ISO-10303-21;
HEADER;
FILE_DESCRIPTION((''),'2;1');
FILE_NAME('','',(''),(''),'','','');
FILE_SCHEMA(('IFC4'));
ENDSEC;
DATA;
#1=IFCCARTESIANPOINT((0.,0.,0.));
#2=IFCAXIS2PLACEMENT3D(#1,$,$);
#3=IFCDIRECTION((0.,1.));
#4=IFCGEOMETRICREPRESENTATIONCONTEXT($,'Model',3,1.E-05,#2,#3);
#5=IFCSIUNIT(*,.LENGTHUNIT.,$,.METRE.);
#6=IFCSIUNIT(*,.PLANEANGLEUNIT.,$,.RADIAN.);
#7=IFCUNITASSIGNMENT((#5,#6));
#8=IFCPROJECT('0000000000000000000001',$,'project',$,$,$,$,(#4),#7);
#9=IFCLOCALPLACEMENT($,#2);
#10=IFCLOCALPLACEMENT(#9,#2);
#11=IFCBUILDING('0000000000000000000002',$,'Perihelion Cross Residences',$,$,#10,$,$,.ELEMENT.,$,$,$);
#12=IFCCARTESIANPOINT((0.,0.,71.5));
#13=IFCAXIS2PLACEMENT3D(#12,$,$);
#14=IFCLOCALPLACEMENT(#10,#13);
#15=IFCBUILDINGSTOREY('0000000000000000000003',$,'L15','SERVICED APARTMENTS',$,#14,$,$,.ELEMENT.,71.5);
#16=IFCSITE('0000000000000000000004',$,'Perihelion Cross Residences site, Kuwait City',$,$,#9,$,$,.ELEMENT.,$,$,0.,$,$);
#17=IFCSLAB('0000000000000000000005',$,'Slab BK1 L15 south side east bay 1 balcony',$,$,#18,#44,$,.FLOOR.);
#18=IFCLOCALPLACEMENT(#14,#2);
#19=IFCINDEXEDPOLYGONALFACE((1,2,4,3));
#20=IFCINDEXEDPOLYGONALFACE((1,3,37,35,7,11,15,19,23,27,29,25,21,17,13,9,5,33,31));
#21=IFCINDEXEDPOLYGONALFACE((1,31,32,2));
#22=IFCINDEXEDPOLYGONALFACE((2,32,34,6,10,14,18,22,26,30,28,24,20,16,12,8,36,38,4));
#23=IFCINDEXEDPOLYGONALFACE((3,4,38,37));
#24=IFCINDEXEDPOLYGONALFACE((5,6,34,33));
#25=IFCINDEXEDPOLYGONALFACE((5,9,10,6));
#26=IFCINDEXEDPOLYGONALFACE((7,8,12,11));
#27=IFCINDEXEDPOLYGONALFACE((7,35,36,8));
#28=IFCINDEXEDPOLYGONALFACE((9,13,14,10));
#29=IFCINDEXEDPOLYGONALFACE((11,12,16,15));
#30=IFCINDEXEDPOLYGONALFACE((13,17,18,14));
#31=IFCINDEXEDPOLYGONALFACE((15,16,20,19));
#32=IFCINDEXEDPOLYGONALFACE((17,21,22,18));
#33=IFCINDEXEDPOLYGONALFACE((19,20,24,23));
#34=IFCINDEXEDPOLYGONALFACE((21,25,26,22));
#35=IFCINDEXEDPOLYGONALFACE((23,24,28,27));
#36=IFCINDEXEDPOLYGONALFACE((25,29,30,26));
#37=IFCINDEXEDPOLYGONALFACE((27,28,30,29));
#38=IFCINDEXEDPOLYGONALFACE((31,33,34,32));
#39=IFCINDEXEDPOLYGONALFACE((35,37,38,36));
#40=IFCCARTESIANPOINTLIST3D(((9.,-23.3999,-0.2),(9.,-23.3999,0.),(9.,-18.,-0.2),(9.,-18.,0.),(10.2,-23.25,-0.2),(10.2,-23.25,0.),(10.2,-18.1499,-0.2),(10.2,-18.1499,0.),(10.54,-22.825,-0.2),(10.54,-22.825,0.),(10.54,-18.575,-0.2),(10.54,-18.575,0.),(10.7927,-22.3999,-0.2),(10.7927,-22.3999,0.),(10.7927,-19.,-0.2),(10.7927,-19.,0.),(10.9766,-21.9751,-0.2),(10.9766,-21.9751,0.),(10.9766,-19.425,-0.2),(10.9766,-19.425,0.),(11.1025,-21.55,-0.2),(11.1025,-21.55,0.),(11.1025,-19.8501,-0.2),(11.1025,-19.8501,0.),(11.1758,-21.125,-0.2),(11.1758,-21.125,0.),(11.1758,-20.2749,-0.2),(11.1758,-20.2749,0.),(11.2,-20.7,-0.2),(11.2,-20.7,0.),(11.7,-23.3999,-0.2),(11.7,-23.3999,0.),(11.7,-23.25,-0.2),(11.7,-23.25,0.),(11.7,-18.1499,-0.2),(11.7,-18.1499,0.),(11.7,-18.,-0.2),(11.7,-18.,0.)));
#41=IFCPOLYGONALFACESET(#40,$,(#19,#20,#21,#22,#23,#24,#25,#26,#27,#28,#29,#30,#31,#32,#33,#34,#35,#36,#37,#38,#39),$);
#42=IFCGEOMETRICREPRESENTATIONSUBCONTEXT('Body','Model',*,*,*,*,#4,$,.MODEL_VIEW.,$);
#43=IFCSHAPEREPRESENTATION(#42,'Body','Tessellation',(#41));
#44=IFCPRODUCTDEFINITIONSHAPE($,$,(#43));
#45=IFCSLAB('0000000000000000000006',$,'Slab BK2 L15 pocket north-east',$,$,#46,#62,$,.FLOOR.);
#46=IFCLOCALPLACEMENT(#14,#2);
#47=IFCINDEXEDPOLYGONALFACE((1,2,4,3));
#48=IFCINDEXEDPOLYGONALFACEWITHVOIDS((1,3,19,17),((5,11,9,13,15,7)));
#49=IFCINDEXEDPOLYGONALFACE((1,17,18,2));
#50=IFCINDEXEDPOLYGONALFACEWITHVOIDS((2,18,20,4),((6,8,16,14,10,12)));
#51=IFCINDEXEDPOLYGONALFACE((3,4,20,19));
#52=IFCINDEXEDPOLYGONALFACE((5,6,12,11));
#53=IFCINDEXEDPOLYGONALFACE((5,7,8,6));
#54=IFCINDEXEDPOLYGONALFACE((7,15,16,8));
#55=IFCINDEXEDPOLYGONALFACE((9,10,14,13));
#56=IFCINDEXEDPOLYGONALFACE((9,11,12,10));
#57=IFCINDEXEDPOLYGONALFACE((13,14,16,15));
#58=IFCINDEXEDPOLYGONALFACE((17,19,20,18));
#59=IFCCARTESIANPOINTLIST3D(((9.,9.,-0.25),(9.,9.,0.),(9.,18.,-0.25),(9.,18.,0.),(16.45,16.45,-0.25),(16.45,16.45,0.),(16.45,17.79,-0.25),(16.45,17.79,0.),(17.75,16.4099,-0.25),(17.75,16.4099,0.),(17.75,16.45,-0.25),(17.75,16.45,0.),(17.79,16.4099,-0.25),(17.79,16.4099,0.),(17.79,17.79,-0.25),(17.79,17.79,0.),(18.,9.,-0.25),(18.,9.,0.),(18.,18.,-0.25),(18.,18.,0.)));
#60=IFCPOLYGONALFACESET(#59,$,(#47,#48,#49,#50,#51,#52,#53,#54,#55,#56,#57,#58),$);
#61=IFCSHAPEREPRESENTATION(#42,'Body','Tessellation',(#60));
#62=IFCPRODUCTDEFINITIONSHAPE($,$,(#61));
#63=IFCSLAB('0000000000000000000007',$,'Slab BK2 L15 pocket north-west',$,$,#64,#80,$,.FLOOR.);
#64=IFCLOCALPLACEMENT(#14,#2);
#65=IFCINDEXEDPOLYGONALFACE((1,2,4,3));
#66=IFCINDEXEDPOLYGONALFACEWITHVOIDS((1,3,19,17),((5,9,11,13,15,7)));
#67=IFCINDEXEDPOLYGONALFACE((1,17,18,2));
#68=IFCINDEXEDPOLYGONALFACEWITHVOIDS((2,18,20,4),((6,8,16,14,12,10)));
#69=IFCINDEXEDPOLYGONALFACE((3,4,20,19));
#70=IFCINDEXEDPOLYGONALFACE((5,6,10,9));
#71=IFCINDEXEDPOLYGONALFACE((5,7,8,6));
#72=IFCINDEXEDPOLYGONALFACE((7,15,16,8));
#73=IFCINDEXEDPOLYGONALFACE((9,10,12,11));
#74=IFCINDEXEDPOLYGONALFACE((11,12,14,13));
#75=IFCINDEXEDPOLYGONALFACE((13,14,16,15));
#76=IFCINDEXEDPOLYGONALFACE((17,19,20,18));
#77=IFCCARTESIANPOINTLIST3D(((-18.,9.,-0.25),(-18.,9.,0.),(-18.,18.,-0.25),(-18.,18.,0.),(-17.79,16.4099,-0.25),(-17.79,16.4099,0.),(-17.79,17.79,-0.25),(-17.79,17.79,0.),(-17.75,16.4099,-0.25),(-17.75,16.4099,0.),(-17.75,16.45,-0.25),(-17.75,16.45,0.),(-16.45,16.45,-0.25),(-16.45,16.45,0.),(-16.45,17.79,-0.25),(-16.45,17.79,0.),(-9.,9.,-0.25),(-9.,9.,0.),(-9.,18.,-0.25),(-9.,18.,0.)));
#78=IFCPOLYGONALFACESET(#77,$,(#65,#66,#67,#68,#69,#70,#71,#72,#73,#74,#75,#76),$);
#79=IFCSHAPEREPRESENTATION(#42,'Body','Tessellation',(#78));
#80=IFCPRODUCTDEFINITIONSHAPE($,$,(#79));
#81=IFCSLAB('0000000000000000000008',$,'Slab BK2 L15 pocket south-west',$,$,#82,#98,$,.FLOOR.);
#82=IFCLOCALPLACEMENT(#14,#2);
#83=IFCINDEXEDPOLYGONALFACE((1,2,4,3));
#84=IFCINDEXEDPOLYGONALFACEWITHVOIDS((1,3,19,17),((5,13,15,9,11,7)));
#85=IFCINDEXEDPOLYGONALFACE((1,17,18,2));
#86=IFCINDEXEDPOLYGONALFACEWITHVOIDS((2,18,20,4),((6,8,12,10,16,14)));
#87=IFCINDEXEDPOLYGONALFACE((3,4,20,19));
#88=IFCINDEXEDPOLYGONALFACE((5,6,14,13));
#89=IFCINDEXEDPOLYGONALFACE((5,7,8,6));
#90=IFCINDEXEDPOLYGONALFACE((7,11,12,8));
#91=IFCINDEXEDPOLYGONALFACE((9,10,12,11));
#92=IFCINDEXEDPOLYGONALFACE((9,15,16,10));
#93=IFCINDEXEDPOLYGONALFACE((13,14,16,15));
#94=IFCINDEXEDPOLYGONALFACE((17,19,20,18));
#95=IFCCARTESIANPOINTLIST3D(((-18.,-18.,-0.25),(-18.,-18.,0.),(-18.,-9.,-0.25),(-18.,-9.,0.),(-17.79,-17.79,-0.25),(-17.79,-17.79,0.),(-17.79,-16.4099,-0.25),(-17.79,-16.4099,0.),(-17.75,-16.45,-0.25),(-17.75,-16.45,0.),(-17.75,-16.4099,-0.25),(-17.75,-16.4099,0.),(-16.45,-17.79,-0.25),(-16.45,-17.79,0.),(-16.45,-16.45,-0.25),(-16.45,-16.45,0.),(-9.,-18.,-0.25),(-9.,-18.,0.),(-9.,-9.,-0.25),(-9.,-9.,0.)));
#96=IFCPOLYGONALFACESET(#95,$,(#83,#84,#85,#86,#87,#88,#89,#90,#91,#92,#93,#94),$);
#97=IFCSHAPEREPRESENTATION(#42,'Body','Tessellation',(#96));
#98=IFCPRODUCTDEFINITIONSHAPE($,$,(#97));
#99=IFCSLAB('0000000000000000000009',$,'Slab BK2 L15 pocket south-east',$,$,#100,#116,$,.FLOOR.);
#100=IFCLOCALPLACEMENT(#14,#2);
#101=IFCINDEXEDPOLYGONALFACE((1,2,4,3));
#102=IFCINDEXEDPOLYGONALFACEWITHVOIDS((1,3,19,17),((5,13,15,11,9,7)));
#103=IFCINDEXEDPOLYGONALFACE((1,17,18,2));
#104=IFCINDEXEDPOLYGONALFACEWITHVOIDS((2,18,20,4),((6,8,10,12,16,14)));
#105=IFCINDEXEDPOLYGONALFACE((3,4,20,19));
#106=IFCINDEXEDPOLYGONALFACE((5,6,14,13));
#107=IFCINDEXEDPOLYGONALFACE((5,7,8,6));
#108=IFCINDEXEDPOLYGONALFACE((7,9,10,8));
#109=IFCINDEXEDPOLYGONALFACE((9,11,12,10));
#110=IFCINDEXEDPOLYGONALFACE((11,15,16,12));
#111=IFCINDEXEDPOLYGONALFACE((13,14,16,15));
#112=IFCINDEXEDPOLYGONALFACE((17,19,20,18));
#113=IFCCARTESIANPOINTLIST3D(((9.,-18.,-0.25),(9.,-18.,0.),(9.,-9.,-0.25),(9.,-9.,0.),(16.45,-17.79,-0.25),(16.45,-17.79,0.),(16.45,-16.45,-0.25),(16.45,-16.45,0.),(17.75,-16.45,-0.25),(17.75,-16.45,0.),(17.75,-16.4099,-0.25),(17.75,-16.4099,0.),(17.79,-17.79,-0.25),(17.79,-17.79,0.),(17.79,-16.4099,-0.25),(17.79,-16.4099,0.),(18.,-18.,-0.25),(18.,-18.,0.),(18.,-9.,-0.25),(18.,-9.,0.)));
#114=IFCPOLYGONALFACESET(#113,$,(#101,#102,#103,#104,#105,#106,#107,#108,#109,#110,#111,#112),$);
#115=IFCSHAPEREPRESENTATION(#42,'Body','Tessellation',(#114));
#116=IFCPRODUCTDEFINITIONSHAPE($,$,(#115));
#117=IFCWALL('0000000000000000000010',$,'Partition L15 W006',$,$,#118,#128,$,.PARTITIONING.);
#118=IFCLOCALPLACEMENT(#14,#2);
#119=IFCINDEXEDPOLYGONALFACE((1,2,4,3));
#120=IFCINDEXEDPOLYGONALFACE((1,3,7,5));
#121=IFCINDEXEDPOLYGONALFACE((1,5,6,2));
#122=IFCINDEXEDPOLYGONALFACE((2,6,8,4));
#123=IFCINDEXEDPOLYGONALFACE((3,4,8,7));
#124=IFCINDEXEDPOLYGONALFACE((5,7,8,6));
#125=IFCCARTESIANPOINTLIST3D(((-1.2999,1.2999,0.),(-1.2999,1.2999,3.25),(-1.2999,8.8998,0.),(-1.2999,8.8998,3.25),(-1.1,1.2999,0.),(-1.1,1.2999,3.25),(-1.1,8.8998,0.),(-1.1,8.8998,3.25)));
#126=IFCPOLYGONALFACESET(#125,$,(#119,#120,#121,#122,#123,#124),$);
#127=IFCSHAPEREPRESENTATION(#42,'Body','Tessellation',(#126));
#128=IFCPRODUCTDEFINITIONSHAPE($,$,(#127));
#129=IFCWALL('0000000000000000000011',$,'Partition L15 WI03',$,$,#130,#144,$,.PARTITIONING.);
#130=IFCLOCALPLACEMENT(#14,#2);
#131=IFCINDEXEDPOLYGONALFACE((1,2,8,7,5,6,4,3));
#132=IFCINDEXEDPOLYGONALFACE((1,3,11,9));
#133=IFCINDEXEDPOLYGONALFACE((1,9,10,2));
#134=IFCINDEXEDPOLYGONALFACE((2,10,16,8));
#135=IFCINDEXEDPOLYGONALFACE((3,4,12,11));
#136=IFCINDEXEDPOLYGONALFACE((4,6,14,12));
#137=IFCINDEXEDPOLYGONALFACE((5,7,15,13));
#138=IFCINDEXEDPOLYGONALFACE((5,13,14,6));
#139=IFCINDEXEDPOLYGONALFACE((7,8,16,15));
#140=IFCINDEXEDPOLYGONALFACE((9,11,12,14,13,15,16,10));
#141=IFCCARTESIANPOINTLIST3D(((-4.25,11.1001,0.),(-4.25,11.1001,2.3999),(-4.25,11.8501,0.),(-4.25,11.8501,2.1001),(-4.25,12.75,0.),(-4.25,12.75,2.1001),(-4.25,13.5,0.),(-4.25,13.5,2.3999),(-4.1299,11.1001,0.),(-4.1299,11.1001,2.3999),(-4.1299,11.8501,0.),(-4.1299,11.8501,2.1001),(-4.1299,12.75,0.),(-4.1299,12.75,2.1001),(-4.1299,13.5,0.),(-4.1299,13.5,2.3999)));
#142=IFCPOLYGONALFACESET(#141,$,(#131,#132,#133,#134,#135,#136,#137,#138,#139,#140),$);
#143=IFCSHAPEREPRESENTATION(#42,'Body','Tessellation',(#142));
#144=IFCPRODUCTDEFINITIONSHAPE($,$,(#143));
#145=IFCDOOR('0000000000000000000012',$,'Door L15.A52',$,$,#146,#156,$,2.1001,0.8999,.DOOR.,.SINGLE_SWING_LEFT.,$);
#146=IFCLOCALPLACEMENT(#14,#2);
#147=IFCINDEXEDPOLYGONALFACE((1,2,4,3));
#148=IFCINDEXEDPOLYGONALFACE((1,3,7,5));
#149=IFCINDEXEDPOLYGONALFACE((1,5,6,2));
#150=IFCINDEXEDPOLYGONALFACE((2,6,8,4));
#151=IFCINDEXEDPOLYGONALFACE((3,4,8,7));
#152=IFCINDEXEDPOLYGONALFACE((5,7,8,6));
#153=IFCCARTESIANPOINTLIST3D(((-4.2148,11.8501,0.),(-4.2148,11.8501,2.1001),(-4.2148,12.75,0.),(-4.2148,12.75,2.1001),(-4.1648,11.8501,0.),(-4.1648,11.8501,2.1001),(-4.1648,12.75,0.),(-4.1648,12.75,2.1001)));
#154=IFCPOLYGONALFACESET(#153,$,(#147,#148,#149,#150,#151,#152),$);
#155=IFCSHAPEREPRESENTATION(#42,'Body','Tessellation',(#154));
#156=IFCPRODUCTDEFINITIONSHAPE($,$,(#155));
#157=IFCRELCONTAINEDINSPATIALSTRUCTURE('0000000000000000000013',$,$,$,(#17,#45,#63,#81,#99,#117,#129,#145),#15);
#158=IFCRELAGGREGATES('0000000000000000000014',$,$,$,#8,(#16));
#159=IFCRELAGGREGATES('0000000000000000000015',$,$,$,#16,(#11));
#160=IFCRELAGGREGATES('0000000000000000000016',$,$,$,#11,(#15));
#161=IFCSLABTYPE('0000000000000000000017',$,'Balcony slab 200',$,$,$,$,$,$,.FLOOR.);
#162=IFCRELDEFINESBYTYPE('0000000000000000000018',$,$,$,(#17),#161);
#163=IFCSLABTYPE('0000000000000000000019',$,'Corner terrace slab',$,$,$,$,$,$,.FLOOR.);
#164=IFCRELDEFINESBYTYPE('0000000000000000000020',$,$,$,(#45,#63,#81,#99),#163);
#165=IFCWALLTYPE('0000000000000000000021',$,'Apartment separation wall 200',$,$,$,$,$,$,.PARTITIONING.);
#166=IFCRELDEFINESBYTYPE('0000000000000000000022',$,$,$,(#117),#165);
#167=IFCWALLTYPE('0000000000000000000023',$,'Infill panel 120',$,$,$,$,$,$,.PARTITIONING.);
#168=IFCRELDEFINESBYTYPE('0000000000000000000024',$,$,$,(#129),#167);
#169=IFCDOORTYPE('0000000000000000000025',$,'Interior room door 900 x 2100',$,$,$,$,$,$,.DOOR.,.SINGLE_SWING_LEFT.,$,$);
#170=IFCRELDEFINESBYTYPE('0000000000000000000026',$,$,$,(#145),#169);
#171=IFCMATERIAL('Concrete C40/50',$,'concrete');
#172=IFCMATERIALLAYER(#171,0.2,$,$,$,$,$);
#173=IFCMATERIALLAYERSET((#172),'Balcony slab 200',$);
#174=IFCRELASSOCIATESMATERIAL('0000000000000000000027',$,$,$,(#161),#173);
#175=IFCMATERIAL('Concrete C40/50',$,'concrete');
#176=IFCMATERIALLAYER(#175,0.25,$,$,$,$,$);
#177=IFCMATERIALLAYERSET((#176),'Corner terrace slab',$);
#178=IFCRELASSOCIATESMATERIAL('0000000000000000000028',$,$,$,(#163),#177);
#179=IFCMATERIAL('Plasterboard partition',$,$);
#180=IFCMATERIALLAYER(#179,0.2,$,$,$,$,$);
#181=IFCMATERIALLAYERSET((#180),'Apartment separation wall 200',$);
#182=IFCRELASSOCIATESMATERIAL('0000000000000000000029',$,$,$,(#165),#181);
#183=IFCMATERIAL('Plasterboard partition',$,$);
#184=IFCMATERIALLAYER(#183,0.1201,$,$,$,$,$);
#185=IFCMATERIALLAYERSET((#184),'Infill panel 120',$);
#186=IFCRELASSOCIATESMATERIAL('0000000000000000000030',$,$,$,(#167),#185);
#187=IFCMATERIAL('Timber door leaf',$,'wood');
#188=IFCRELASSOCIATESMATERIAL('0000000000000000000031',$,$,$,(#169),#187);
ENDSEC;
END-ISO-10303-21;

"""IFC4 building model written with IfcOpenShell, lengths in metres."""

from ifc_helpers import new_model, si_unit, direction, frame, frame_2d, origin, place, context, subcontext, project, spatial, polyline, rectangle, outline, extrude, material, layer, layer_set, type_object, element, fill, save


model = new_model("IFC4")

# Units and contexts
model_context = context("Model", 3, precision=1e-05, world=origin(), true_north=direction((0.0, 1.0)))
body_context = subcontext(model_context, "Body", "Model", "MODEL_VIEW")
ifc_project = project(units=[si_unit("LENGTHUNIT", "METRE"), si_unit("PLANEANGLEUNIT", "RADIAN")], contexts=[model_context])

# Site, building, storey
site_placement = place(None, origin())
site = spatial("IfcSite", under=ifc_project, at=site_placement, Name="Perihelion Cross Residences site, Kuwait City", CompositionType="ELEMENT", RefElevation=0.0)
building_placement = place(site_placement, origin())
building = spatial("IfcBuilding", under=site, at=building_placement, Name="Perihelion Cross Residences", CompositionType="ELEMENT")
storey_placement = place(building_placement, frame((0.0, 0.0, 71.5)))
storey = spatial("IfcBuildingStorey", under=building, at=storey_placement, Name="L15", Description="SERVICED APARTMENTS", CompositionType="ELEMENT", Elevation=71.5)

# Slabs
ifc_material_1 = material(Name="Concrete C40/50", Category="concrete")
ifc_layer_1 = layer(ifc_material_1, 0.2)
ifc_layer_set_1 = layer_set([ifc_layer_1], Name="Balcony slab 200")
slab_type_1 = type_object("IfcSlabType", Name="Balcony slab 200", PredefinedType="FLOOR", material=ifc_layer_set_1)
slab_1_placement = place(storey_placement, frame((0.0, 0.0, -0.2)))
element("IfcSlab", 1, at=slab_1_placement, inside=storey, type_object=slab_type_1, Name="Slab BK1 L15 south side east bay 1 balcony", PredefinedType="FLOOR", context=body_context, shape_type="SweptSolid", body=[
    extrude(outline(polyline([(9.0, -23.3999), (9.0, -18.0), (11.7, -18.0), (11.7, -18.1499), (10.2, -18.1499), (10.54, -18.575), (10.7927, -19.0), (10.9766, -19.425), (11.1025, -19.8501), (11.1758, -20.2749), (11.2, -20.7), (11.1758, -21.125), (11.1025, -21.55), (10.9766, -21.9751), (10.7927, -22.3999), (10.54, -22.825), (10.2, -23.25), (11.7, -23.25), (11.7, -23.3999), (9.0, -23.3999)])), origin(), (0.0, 0.0, 1.0), 0.2),
])
ifc_material_2 = material(Name="Concrete C40/50", Category="concrete")
ifc_layer_2 = layer(ifc_material_2, 0.25)
ifc_layer_set_2 = layer_set([ifc_layer_2], Name="Corner terrace slab")
slab_type_2 = type_object("IfcSlabType", Name="Corner terrace slab", PredefinedType="FLOOR", material=ifc_layer_set_2)
slab_2_placement = place(storey_placement, frame((0.0, 0.0, -0.25)))
element("IfcSlab", 2, at=slab_2_placement, inside=storey, type_object=slab_type_2, Name="Slab BK2 L15 pocket north-east", PredefinedType="FLOOR", context=body_context, shape_type="SweptSolid", body=[
    extrude(outline(polyline([(18.0, 9.0), (18.0, 18.0), (9.0, 18.0), (9.0, 9.0), (18.0, 9.0)]), holes=[polyline([(16.45, 16.45), (16.45, 17.79), (17.79, 17.79), (17.79, 16.4099), (17.75, 16.4099), (17.75, 16.45), (16.45, 16.45)])]), origin(), (0.0, 0.0, 1.0), 0.25),
])
slab_3_placement = place(storey_placement, frame((0.0, 0.0, -0.25)))
element("IfcSlab", 3, at=slab_3_placement, inside=storey, type_object=slab_type_2, Name="Slab BK2 L15 pocket north-west", PredefinedType="FLOOR", context=body_context, shape_type="SweptSolid", body=[
    extrude(outline(polyline([(-9.0, 9.0), (-9.0, 18.0), (-18.0, 18.0), (-18.0, 9.0), (-9.0, 9.0)]), holes=[polyline([(-17.79, 16.4099), (-17.79, 17.79), (-16.45, 17.79), (-16.45, 16.45), (-17.75, 16.45), (-17.75, 16.4099), (-17.79, 16.4099)])]), origin(), (0.0, 0.0, 1.0), 0.25),
])
slab_4_placement = place(storey_placement, frame((0.0, 0.0, -0.25)))
element("IfcSlab", 4, at=slab_4_placement, inside=storey, type_object=slab_type_2, Name="Slab BK2 L15 pocket south-west", PredefinedType="FLOOR", context=body_context, shape_type="SweptSolid", body=[
    extrude(outline(polyline([(-9.0, -18.0), (-9.0, -9.0), (-18.0, -9.0), (-18.0, -18.0), (-9.0, -18.0)]), holes=[polyline([(-17.79, -16.4099), (-17.75, -16.4099), (-17.75, -16.45), (-16.45, -16.45), (-16.45, -17.79), (-17.79, -17.79), (-17.79, -16.4099)])]), origin(), (0.0, 0.0, 1.0), 0.25),
])
slab_5_placement = place(storey_placement, frame((0.0, 0.0, -0.25)))
element("IfcSlab", 5, at=slab_5_placement, inside=storey, type_object=slab_type_2, Name="Slab BK2 L15 pocket south-east", PredefinedType="FLOOR", context=body_context, shape_type="SweptSolid", body=[
    extrude(outline(polyline([(18.0, -18.0), (18.0, -9.0), (9.0, -9.0), (9.0, -18.0), (18.0, -18.0)]), holes=[polyline([(16.45, -17.79), (16.45, -16.45), (17.75, -16.45), (17.75, -16.4099), (17.79, -16.4099), (17.79, -17.79), (16.45, -17.79)])]), origin(), (0.0, 0.0, 1.0), 0.25),
])

# Wall
ifc_material_3 = material(Name="Plasterboard partition")
ifc_layer_3 = layer(ifc_material_3, 0.2)
ifc_layer_set_3 = layer_set([ifc_layer_3], Name="Apartment separation wall 200")
wall_type_1 = type_object("IfcWallType", Name="Apartment separation wall 200", PredefinedType="PARTITIONING", material=ifc_layer_set_3)
wall_1_placement = place(storey_placement, frame((-1.2, 1.3, 0.0), z_axis=(0.0, 0.0, 1.0), x_axis=(0.0, 1.0, 0.0)))
element("IfcWall", 6, at=wall_1_placement, inside=storey, type_object=wall_type_1, Name="Partition L15 W006", PredefinedType="PARTITIONING", context=body_context, shape_type="SweptSolid", body=[
    extrude(rectangle(XDim=7.5999, YDim=0.2, at=frame_2d((3.7998, 0.0))), origin(), (0.0, 0.0, 1.0), 3.25),
])

# Wall, opening, door
ifc_material_4 = material(Name="Plasterboard partition")
ifc_layer_4 = layer(ifc_material_4, 0.1201)
ifc_layer_set_4 = layer_set([ifc_layer_4], Name="Infill panel 120")
wall_type_2 = type_object("IfcWallType", Name="Infill panel 120", PredefinedType="PARTITIONING", material=ifc_layer_set_4)
wall_2_placement = place(storey_placement, frame((-4.1899, 11.1001, 0.0), z_axis=(0.0, 0.0, 1.0), x_axis=(0.0, 1.0, 0.0)))
wall_2 = element("IfcWall", 7, at=wall_2_placement, inside=storey, type_object=wall_type_2, Name="Partition L15 WI03", PredefinedType="PARTITIONING", context=body_context, shape_type="SweptSolid", body=[
    extrude(rectangle(XDim=2.3999, YDim=0.1201, at=frame_2d((1.2, 0.0))), origin(), (0.0, 0.0, 1.0), 2.3999),
])
opening_1_placement = place(wall_2_placement, frame((0.75, 0.0, 0.0)))
opening_1 = element("IfcOpeningElement", 8, at=opening_1_placement, cuts=wall_2, PredefinedType="OPENING", context=body_context, shape_type="SweptSolid", body=[
    extrude(rectangle(XDim=0.8999, YDim=2.1001, at=frame_2d((0.45, 1.05))), frame((0.0, 0.0701, 0.0), z_axis=(0.0, -1.0, 0.0), x_axis=(1.0, 0.0, 0.0)), (0.0, 0.0, 1.0), 0.1401),
])
ifc_material_5 = material(Name="Timber door leaf", Category="wood")
door_type_1 = type_object("IfcDoorType", Name="Interior room door 900 x 2100", OperationType="SINGLE_SWING_LEFT", PredefinedType="DOOR", material=ifc_material_5)
door_1_placement = place(opening_1_placement, origin())
door_1 = element("IfcDoor", 9, at=door_1_placement, inside=storey, type_object=door_type_1, Name="Door L15.A52", OperationType="SINGLE_SWING_LEFT", OverallHeight=2.1001, OverallWidth=0.8999, PredefinedType="DOOR", context=body_context, shape_type="SweptSolid", body=[
    extrude(rectangle(XDim=0.8999, YDim=2.1001, at=frame_2d((0.45, 1.05))), frame((0.0, 0.0249, 0.0), z_axis=(0.0, -1.0, 0.0), x_axis=(1.0, 0.0, 0.0)), (0.0, 0.0, 1.0), 0.05),
])
fill(opening_1, door_1)

save(model, "model.ifc")
